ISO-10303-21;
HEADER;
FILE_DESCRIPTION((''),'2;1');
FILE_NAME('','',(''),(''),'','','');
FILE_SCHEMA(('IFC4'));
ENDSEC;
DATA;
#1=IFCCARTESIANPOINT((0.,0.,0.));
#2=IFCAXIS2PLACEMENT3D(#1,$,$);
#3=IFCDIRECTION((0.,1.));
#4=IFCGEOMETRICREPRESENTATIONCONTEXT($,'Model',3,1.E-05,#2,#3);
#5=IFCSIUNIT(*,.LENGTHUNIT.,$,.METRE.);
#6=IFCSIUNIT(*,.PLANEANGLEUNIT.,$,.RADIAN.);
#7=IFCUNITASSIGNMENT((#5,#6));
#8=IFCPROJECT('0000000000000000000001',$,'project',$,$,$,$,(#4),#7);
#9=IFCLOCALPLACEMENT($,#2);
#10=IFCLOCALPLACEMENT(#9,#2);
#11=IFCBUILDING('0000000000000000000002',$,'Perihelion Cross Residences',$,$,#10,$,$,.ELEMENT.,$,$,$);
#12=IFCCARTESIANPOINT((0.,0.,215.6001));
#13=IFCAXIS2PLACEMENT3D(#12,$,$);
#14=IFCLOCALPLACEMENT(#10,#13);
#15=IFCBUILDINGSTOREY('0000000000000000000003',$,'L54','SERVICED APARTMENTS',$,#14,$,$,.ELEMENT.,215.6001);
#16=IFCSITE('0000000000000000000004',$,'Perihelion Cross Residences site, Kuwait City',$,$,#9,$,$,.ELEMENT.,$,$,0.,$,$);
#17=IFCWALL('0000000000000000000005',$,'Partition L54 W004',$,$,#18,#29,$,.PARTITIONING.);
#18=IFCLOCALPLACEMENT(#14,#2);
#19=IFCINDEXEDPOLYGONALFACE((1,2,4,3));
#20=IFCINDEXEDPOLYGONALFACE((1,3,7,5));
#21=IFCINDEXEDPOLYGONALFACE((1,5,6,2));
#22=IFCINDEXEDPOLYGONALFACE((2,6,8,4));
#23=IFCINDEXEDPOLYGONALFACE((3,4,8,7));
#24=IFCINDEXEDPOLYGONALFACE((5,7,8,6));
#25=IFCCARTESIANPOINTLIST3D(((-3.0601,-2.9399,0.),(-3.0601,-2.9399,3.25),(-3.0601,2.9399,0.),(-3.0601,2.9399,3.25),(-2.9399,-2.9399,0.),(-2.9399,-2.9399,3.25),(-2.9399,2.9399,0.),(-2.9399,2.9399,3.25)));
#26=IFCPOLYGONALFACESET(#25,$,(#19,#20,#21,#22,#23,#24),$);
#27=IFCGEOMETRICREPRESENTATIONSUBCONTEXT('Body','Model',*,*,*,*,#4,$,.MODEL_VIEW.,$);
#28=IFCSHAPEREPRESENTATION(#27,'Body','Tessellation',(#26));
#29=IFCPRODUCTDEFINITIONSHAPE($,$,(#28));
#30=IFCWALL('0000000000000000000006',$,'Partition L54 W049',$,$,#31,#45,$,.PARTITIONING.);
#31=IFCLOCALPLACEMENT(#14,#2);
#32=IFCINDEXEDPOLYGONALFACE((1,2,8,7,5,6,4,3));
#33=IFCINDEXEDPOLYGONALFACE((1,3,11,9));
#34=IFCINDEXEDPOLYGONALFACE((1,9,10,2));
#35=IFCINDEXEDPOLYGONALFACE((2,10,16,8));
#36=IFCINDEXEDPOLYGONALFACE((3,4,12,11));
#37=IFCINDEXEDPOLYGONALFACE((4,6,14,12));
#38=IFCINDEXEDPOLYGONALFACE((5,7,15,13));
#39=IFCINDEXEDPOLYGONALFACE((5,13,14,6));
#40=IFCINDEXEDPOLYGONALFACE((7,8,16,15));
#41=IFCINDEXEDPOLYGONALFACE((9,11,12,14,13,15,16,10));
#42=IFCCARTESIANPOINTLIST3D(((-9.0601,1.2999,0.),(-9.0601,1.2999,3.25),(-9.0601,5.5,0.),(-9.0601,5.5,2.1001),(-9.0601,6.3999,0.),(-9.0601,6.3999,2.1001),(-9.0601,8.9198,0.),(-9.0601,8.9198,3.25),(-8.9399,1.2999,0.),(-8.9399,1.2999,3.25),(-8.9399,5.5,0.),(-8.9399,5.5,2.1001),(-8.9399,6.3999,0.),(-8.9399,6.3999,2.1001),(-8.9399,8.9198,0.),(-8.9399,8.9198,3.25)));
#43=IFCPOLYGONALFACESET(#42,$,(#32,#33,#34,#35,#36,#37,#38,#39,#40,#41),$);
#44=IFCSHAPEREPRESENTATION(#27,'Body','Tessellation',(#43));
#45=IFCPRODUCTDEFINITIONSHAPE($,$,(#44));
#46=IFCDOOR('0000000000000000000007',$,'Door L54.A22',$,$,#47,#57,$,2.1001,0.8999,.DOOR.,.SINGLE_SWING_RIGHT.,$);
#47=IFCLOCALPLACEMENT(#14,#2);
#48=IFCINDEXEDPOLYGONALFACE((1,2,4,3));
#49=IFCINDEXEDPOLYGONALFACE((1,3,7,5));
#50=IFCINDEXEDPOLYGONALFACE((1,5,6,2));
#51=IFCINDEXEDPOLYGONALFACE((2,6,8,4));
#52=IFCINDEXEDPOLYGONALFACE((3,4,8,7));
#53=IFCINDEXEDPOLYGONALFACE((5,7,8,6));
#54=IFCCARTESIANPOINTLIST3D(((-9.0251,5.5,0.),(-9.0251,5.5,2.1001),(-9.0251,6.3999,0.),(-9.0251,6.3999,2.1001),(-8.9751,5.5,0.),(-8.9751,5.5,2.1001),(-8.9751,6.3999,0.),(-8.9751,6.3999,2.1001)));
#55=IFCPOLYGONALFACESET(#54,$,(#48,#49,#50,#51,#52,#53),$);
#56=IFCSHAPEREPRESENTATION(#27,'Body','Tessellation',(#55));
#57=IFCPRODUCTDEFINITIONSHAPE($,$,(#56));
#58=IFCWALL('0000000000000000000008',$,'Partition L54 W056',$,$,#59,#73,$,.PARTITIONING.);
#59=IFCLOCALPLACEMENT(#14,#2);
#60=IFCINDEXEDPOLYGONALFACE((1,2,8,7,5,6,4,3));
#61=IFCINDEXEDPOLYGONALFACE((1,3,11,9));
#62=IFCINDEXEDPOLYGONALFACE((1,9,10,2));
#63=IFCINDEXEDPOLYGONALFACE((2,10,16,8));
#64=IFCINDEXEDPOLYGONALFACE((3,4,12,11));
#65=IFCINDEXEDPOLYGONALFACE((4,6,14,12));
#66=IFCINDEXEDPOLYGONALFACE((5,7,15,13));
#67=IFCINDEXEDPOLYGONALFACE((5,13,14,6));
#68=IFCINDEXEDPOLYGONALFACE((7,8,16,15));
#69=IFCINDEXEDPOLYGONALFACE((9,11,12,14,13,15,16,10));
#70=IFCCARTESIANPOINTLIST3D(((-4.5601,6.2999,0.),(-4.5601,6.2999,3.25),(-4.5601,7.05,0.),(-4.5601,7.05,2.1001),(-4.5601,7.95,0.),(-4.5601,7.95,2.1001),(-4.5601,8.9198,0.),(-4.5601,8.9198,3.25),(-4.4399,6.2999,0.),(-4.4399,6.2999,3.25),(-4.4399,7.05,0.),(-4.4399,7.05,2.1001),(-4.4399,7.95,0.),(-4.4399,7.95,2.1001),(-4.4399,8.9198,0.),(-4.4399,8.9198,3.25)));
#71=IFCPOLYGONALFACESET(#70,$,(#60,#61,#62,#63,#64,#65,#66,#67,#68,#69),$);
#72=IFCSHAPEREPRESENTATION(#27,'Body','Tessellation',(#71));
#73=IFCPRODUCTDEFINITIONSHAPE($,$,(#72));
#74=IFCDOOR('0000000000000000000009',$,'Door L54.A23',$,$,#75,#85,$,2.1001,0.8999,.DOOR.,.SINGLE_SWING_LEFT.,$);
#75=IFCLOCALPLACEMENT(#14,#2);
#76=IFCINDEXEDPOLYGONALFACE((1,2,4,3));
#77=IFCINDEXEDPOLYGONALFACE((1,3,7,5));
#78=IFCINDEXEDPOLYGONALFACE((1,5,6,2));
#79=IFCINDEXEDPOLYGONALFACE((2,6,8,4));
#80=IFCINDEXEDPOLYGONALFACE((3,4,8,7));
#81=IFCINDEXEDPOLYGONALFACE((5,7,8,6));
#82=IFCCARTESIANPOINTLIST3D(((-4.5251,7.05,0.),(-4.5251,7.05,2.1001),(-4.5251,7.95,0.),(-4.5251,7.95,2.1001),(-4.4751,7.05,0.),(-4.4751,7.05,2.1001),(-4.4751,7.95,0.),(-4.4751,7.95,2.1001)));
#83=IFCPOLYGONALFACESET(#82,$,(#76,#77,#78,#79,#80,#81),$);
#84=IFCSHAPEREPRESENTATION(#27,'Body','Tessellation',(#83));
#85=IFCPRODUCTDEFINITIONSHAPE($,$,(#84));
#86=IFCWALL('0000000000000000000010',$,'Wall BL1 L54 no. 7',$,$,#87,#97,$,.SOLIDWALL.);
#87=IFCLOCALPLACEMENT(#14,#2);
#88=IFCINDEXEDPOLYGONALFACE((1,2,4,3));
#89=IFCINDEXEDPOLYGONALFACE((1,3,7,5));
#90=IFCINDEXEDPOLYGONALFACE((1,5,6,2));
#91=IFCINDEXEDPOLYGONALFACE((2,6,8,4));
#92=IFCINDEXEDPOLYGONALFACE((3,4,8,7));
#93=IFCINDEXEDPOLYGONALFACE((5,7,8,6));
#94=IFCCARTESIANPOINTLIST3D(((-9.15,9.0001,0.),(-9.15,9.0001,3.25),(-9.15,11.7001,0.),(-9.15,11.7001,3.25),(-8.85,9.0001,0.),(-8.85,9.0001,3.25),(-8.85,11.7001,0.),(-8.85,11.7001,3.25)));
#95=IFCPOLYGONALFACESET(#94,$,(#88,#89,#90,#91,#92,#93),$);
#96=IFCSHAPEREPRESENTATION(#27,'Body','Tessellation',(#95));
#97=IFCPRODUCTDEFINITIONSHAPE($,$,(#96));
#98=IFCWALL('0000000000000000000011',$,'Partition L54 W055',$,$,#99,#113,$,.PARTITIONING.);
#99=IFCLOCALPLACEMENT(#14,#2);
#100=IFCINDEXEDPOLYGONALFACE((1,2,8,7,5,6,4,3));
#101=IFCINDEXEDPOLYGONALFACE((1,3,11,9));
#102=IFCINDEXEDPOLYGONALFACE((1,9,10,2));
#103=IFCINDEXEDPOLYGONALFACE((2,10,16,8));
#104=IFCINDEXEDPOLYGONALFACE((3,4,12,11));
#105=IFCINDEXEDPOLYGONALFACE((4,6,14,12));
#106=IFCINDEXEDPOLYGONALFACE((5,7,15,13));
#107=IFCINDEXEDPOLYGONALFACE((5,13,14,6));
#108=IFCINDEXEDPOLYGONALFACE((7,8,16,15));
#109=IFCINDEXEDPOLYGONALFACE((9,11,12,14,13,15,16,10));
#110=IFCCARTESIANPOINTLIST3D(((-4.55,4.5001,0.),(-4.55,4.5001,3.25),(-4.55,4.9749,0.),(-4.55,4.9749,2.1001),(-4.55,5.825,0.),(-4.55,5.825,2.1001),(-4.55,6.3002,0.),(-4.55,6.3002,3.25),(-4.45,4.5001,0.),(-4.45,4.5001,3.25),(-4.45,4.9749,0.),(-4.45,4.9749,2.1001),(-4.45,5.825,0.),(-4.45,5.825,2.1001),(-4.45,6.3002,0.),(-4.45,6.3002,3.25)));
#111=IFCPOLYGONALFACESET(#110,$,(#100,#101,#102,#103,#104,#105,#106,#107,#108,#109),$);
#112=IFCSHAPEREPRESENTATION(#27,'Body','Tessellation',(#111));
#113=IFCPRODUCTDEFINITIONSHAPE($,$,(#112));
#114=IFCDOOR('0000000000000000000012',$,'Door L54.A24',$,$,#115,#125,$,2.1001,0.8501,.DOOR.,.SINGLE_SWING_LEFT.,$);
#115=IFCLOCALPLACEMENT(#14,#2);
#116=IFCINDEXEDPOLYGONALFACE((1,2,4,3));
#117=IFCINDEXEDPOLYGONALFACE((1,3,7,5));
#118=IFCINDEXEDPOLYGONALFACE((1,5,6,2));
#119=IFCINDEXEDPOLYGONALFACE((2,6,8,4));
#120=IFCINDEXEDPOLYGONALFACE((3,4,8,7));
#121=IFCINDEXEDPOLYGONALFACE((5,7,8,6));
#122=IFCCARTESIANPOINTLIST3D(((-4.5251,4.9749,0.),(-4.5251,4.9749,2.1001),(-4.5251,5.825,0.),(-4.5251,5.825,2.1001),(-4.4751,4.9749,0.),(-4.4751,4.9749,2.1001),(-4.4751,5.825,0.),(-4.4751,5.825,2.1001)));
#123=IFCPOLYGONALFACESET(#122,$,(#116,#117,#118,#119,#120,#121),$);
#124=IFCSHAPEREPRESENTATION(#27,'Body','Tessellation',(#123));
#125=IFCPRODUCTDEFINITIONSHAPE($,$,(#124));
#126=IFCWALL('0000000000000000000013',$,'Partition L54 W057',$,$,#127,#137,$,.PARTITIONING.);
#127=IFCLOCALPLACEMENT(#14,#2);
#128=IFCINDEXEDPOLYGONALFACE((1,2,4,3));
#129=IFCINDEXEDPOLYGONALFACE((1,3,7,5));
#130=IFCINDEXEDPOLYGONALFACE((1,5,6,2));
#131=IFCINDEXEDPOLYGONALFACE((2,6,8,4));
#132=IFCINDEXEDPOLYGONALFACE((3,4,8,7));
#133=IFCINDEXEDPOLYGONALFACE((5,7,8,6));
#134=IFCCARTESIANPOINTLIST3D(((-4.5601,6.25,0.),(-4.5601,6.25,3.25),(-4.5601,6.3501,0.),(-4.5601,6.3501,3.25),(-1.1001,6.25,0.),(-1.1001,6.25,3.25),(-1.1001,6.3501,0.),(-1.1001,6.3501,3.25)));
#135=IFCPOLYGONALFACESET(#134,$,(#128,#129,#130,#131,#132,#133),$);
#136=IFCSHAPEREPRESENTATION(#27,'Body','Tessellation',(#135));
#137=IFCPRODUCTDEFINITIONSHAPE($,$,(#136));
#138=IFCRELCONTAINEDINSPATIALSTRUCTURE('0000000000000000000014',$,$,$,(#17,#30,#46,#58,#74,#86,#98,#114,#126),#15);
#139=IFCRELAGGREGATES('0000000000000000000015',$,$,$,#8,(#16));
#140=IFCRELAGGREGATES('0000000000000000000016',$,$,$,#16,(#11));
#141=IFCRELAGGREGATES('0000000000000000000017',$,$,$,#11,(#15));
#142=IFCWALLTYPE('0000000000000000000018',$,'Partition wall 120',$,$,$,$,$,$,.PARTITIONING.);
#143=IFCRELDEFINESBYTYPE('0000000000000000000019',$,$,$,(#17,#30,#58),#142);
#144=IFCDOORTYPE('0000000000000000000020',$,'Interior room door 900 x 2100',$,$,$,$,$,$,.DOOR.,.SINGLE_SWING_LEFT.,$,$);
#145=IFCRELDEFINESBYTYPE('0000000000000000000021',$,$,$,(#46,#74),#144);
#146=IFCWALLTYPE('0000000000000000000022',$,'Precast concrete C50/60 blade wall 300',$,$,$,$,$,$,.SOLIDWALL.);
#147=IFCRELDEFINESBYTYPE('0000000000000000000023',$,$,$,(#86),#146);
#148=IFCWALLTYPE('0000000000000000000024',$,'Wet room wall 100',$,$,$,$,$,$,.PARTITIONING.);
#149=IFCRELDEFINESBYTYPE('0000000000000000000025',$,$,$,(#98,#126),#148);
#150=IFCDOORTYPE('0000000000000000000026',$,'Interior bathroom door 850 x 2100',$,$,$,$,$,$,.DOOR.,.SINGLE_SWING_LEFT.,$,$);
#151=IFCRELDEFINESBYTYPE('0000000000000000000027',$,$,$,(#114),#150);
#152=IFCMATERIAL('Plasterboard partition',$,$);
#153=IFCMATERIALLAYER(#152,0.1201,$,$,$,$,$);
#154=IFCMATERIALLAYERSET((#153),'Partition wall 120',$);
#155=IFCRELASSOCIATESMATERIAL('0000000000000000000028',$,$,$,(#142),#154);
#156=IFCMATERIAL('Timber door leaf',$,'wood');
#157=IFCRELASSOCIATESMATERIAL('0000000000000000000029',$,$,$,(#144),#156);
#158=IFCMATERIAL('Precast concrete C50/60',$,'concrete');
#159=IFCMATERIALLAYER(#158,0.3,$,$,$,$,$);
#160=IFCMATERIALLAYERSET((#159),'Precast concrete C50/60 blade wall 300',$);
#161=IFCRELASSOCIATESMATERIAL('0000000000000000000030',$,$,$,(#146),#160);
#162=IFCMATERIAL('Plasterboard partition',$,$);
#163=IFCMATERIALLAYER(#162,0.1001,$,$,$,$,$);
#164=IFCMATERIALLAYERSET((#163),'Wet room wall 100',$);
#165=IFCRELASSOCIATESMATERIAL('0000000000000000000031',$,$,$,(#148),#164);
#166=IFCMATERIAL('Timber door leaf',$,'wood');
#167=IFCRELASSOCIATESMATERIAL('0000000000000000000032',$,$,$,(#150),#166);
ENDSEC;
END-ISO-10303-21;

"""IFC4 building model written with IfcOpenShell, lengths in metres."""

from ifc_helpers import new_model, si_unit, direction, frame, frame_2d, origin, place, context, subcontext, project, spatial, rectangle, extrude, material, layer, layer_set, type_object, element, fill, save


model = new_model("IFC4")

# Units and contexts
model_context = context("Model", 3, precision=1e-05, world=origin(), true_north=direction((0.0, 1.0)))
body_context = subcontext(model_context, "Body", "Model", "MODEL_VIEW")
ifc_project = project(units=[si_unit("LENGTHUNIT", "METRE"), si_unit("PLANEANGLEUNIT", "RADIAN")], contexts=[model_context])

# Site, building, storey
site_placement = place(None, origin())
site = spatial("IfcSite", under=ifc_project, at=site_placement, Name="Perihelion Cross Residences site, Kuwait City", CompositionType="ELEMENT", RefElevation=0.0)
building_placement = place(site_placement, origin())
building = spatial("IfcBuilding", under=site, at=building_placement, Name="Perihelion Cross Residences", CompositionType="ELEMENT")
storey_placement = place(building_placement, frame((0.0, 0.0, 215.6001)))
storey = spatial("IfcBuildingStorey", under=building, at=storey_placement, Name="L54", Description="SERVICED APARTMENTS", CompositionType="ELEMENT", Elevation=215.6001)

# Wall
ifc_material_1 = material(Name="Plasterboard partition")
ifc_layer_1 = layer(ifc_material_1, 0.1201)
ifc_layer_set_1 = layer_set([ifc_layer_1], Name="Partition wall 120")
wall_type_1 = type_object("IfcWallType", Name="Partition wall 120", PredefinedType="PARTITIONING", material=ifc_layer_set_1)
wall_1_placement = place(storey_placement, frame((-3.0, 2.9399, 0.0), z_axis=(0.0, 0.0, 1.0), x_axis=(0.0, -1.0, 0.0)))
element("IfcWall", 1, at=wall_1_placement, inside=storey, type_object=wall_type_1, Name="Partition L54 W004", PredefinedType="PARTITIONING", context=body_context, shape_type="SweptSolid", body=[
    extrude(rectangle(XDim=5.8799, YDim=0.1201, at=frame_2d((2.9399, 0.0))), origin(), (0.0, 0.0, 1.0), 3.25),
])

# Walls, openings, doors
wall_2_placement = place(storey_placement, frame((-9.0, 8.9199, 0.0), z_axis=(0.0, 0.0, 1.0), x_axis=(0.0, -1.0, 0.0)))
wall_2 = element("IfcWall", 2, at=wall_2_placement, inside=storey, type_object=wall_type_1, Name="Partition L54 W049", PredefinedType="PARTITIONING", context=body_context, shape_type="SweptSolid", body=[
    extrude(rectangle(XDim=7.6199, YDim=0.1201, at=frame_2d((3.8101, 0.0))), origin(), (0.0, 0.0, 1.0), 3.25),
])
opening_1_placement = place(wall_2_placement, frame((2.52, 0.0, 0.0)))
opening_1 = element("IfcOpeningElement", 3, at=opening_1_placement, cuts=wall_2, PredefinedType="OPENING", context=body_context, shape_type="SweptSolid", body=[
    extrude(rectangle(XDim=0.8999, YDim=2.1001, at=frame_2d((0.45, 1.05))), frame((0.0, 0.0701, 0.0), z_axis=(0.0, -1.0, 0.0), x_axis=(1.0, 0.0, 0.0)), (0.0, 0.0, 1.0), 0.1401),
])
ifc_material_2 = material(Name="Timber door leaf", Category="wood")
door_type_1 = type_object("IfcDoorType", Name="Interior room door 900 x 2100", OperationType="SINGLE_SWING_LEFT", PredefinedType="DOOR", material=ifc_material_2)
door_1_placement = place(opening_1_placement, origin())
door_1 = element("IfcDoor", 4, at=door_1_placement, inside=storey, type_object=door_type_1, Name="Door L54.A22", OperationType="SINGLE_SWING_RIGHT", OverallHeight=2.1001, OverallWidth=0.8999, PredefinedType="DOOR", context=body_context, shape_type="SweptSolid", body=[
    extrude(rectangle(XDim=0.8999, YDim=2.1001, at=frame_2d((0.45, 1.05))), frame((0.0, 0.0249, 0.0), z_axis=(0.0, -1.0, 0.0), x_axis=(1.0, 0.0, 0.0)), (0.0, 0.0, 1.0), 0.05),
])
fill(opening_1, door_1)
wall_3_placement = place(storey_placement, frame((-4.5, 8.9199, 0.0), z_axis=(0.0, 0.0, 1.0), x_axis=(0.0, -1.0, 0.0)))
wall_3 = element("IfcWall", 5, at=wall_3_placement, inside=storey, type_object=wall_type_1, Name="Partition L54 W056", PredefinedType="PARTITIONING", context=body_context, shape_type="SweptSolid", body=[
    extrude(rectangle(XDim=2.6199, YDim=0.1201, at=frame_2d((1.3101, 0.0))), origin(), (0.0, 0.0, 1.0), 3.25),
])
opening_2_placement = place(wall_3_placement, frame((0.97, 0.0, 0.0)))
opening_2 = element("IfcOpeningElement", 6, at=opening_2_placement, cuts=wall_3, PredefinedType="OPENING", context=body_context, shape_type="SweptSolid", body=[
    extrude(rectangle(XDim=0.8999, YDim=2.1001, at=frame_2d((0.45, 1.05))), frame((0.0, 0.0701, 0.0), z_axis=(0.0, -1.0, 0.0), x_axis=(1.0, 0.0, 0.0)), (0.0, 0.0, 1.0), 0.1401),
])
door_2_placement = place(opening_2_placement, origin())
door_2 = element("IfcDoor", 7, at=door_2_placement, inside=storey, type_object=door_type_1, Name="Door L54.A23", OperationType="SINGLE_SWING_LEFT", OverallHeight=2.1001, OverallWidth=0.8999, PredefinedType="DOOR", context=body_context, shape_type="SweptSolid", body=[
    extrude(rectangle(XDim=0.8999, YDim=2.1001, at=frame_2d((0.45, 1.05))), frame((0.0, 0.0249, 0.0), z_axis=(0.0, -1.0, 0.0), x_axis=(1.0, 0.0, 0.0)), (0.0, 0.0, 1.0), 0.05),
])
fill(opening_2, door_2)

# Wall
ifc_material_3 = material(Name="Precast concrete C50/60", Category="concrete")
ifc_layer_2 = layer(ifc_material_3, 0.3)
ifc_layer_set_2 = layer_set([ifc_layer_2], Name="Precast concrete C50/60 blade wall 300")
wall_type_2 = type_object("IfcWallType", Name="Precast concrete C50/60 blade wall 300", PredefinedType="SOLIDWALL", material=ifc_layer_set_2)
wall_4_placement = place(storey_placement, frame((-9.0, 9.0, 0.0), z_axis=(0.0, 0.0, 1.0), x_axis=(0.0, 1.0, 0.0)))
element("IfcWall", 8, at=wall_4_placement, inside=storey, type_object=wall_type_2, Name="Wall BL1 L54 no. 7", PredefinedType="SOLIDWALL", context=body_context, shape_type="SweptSolid", body=[
    extrude(rectangle(XDim=2.7, YDim=0.3, at=frame_2d((1.3501, 0.0))), origin(), (0.0, 0.0, 1.0), 3.25),
])

# Wall, opening, door
ifc_material_4 = material(Name="Plasterboard partition")
ifc_layer_3 = layer(ifc_material_4, 0.1001)
ifc_layer_set_3 = layer_set([ifc_layer_3], Name="Wet room wall 100")
wall_type_3 = type_object("IfcWallType", Name="Wet room wall 100", PredefinedType="PARTITIONING", material=ifc_layer_set_3)
wall_5_placement = place(storey_placement, frame((-4.5, 6.3, 0.0), z_axis=(0.0, 0.0, 1.0), x_axis=(0.0, -1.0, 0.0)))
wall_5 = element("IfcWall", 9, at=wall_5_placement, inside=storey, type_object=wall_type_3, Name="Partition L54 W055", PredefinedType="PARTITIONING", context=body_context, shape_type="SweptSolid", body=[
    extrude(rectangle(XDim=1.8, YDim=0.1001, at=frame_2d((0.8999, 0.0))), origin(), (0.0, 0.0, 1.0), 3.25),
])
opening_3_placement = place(wall_5_placement, frame((0.4751, 0.0, 0.0)))
opening_3 = element("IfcOpeningElement", 10, at=opening_3_placement, cuts=wall_5, PredefinedType="OPENING", context=body_context, shape_type="SweptSolid", body=[
    extrude(rectangle(XDim=0.8501, YDim=2.1001, at=frame_2d((0.425, 1.05))), frame((0.0, 0.0601, 0.0), z_axis=(0.0, -1.0, 0.0), x_axis=(1.0, 0.0, 0.0)), (0.0, 0.0, 1.0), 0.1201),
])
ifc_material_5 = material(Name="Timber door leaf", Category="wood")
door_type_2 = type_object("IfcDoorType", Name="Interior bathroom door 850 x 2100", OperationType="SINGLE_SWING_LEFT", PredefinedType="DOOR", material=ifc_material_5)
door_3_placement = place(opening_3_placement, origin())
door_3 = element("IfcDoor", 11, at=door_3_placement, inside=storey, type_object=door_type_2, Name="Door L54.A24", OperationType="SINGLE_SWING_LEFT", OverallHeight=2.1001, OverallWidth=0.8501, PredefinedType="DOOR", context=body_context, shape_type="SweptSolid", body=[
    extrude(rectangle(XDim=0.8501, YDim=2.1001, at=frame_2d((0.425, 1.05))), frame((0.0, 0.0249, 0.0), z_axis=(0.0, -1.0, 0.0), x_axis=(1.0, 0.0, 0.0)), (0.0, 0.0, 1.0), 0.05),
])
fill(opening_3, door_3)

# Wall
wall_6_placement = place(storey_placement, frame((-4.5601, 6.3, 0.0), z_axis=(0.0, 0.0, 1.0), x_axis=(1.0, 0.0, 0.0)))
element("IfcWall", 12, at=wall_6_placement, inside=storey, type_object=wall_type_3, Name="Partition L54 W057", PredefinedType="PARTITIONING", context=body_context, shape_type="SweptSolid", body=[
    extrude(rectangle(XDim=3.46, YDim=0.1001, at=frame_2d((1.73, 0.0))), origin(), (0.0, 0.0, 1.0), 3.25),
])

save(model, "model.ifc")
